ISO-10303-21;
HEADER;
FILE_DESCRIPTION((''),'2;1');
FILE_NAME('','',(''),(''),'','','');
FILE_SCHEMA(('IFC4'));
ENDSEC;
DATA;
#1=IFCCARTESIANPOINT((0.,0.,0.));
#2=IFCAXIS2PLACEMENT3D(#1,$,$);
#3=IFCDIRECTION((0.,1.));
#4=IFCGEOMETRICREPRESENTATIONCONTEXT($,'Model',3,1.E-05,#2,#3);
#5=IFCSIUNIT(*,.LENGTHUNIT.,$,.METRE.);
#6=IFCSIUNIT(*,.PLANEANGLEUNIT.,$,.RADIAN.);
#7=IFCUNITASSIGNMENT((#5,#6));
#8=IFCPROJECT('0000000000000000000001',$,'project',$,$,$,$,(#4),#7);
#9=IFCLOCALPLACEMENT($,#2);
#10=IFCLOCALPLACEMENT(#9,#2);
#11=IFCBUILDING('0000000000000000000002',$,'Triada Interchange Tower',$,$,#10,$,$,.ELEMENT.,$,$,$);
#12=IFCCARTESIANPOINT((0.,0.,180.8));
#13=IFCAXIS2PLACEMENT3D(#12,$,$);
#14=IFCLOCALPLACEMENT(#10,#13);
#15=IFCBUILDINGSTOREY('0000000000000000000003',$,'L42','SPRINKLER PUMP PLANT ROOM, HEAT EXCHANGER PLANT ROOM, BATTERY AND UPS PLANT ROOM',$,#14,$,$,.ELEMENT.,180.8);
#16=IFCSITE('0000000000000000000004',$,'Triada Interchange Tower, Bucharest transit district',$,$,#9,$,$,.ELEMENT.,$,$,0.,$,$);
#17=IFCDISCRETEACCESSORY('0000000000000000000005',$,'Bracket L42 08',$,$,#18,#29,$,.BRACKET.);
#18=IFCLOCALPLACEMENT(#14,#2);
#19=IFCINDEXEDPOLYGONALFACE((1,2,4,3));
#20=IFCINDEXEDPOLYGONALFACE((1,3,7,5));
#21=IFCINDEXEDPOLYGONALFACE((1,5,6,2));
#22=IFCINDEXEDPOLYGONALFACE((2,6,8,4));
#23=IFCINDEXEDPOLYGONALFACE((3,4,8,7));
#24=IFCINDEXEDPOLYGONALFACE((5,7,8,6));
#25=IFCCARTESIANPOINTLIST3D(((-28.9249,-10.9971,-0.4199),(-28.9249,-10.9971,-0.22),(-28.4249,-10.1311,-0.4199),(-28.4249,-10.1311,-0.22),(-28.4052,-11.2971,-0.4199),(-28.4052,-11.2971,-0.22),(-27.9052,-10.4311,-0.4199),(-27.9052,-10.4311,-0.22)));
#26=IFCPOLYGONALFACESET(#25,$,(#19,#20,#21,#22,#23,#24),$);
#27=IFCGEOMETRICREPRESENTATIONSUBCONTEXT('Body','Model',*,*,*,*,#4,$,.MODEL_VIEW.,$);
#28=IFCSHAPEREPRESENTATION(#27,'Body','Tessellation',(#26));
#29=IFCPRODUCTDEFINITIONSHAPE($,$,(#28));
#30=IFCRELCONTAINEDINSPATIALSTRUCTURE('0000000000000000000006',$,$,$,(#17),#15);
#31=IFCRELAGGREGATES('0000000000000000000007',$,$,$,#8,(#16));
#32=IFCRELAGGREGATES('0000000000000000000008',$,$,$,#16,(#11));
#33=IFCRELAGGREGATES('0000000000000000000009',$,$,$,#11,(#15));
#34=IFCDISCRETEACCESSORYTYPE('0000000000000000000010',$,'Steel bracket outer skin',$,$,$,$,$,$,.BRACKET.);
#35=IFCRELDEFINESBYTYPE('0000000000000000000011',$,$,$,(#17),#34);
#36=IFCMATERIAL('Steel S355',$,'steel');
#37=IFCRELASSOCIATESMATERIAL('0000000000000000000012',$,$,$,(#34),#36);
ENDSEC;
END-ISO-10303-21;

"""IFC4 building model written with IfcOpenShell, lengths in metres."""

from ifc_helpers import new_model, si_unit, direction, frame, origin, origin_2d, place, context, subcontext, project, spatial, rectangle, extrude, material, type_object, element, save


model = new_model("IFC4")

# Units and contexts
model_context = context("Model", 3, precision=1e-05, world=origin(), true_north=direction((0.0, 1.0)))
body_context = subcontext(model_context, "Body", "Model", "MODEL_VIEW")
ifc_project = project(units=[si_unit("LENGTHUNIT", "METRE"), si_unit("PLANEANGLEUNIT", "RADIAN")], contexts=[model_context])

# Site, building, storey
site_placement = place(None, origin())
site = spatial("IfcSite", under=ifc_project, at=site_placement, Name="Triada Interchange Tower, Bucharest transit district", CompositionType="ELEMENT", RefElevation=0.0)
building_placement = place(site_placement, origin())
building = spatial("IfcBuilding", under=site, at=building_placement, Name="Triada Interchange Tower", CompositionType="ELEMENT")
storey_placement = place(building_placement, frame((0.0, 0.0, 180.8)))
storey = spatial("IfcBuildingStorey", under=building, at=storey_placement, Name="L42", Description="SPRINKLER PUMP PLANT ROOM, HEAT EXCHANGER PLANT ROOM, BATTERY AND UPS PLANT ROOM", CompositionType="ELEMENT", Elevation=180.8)

# Shared definitions
ifc_material_1 = material(Name="Steel S355", Category="steel")

# Discrete accessory
discrete_accessory_type = type_object("IfcDiscreteAccessoryType", Name="Steel bracket outer skin", PredefinedType="BRACKET", material=ifc_material_1)
discrete_accessory_placement = place(storey_placement, frame((-28.415, -10.7141, -0.4199), z_axis=(0.0, 0.0, 1.0), x_axis=(-0.866021, 0.500007, 0.0)))
element("IfcDiscreteAccessory", 1, at=discrete_accessory_placement, inside=storey, type_object=discrete_accessory_type, Name="Bracket L42 08", PredefinedType="BRACKET", context=body_context, shape_type="SweptSolid", body=[
    extrude(rectangle(XDim=0.6001, YDim=1.0, at=origin_2d()), origin(), (0.0, 0.0, 1.0), 0.2),
])

save(model, "model.ifc")
